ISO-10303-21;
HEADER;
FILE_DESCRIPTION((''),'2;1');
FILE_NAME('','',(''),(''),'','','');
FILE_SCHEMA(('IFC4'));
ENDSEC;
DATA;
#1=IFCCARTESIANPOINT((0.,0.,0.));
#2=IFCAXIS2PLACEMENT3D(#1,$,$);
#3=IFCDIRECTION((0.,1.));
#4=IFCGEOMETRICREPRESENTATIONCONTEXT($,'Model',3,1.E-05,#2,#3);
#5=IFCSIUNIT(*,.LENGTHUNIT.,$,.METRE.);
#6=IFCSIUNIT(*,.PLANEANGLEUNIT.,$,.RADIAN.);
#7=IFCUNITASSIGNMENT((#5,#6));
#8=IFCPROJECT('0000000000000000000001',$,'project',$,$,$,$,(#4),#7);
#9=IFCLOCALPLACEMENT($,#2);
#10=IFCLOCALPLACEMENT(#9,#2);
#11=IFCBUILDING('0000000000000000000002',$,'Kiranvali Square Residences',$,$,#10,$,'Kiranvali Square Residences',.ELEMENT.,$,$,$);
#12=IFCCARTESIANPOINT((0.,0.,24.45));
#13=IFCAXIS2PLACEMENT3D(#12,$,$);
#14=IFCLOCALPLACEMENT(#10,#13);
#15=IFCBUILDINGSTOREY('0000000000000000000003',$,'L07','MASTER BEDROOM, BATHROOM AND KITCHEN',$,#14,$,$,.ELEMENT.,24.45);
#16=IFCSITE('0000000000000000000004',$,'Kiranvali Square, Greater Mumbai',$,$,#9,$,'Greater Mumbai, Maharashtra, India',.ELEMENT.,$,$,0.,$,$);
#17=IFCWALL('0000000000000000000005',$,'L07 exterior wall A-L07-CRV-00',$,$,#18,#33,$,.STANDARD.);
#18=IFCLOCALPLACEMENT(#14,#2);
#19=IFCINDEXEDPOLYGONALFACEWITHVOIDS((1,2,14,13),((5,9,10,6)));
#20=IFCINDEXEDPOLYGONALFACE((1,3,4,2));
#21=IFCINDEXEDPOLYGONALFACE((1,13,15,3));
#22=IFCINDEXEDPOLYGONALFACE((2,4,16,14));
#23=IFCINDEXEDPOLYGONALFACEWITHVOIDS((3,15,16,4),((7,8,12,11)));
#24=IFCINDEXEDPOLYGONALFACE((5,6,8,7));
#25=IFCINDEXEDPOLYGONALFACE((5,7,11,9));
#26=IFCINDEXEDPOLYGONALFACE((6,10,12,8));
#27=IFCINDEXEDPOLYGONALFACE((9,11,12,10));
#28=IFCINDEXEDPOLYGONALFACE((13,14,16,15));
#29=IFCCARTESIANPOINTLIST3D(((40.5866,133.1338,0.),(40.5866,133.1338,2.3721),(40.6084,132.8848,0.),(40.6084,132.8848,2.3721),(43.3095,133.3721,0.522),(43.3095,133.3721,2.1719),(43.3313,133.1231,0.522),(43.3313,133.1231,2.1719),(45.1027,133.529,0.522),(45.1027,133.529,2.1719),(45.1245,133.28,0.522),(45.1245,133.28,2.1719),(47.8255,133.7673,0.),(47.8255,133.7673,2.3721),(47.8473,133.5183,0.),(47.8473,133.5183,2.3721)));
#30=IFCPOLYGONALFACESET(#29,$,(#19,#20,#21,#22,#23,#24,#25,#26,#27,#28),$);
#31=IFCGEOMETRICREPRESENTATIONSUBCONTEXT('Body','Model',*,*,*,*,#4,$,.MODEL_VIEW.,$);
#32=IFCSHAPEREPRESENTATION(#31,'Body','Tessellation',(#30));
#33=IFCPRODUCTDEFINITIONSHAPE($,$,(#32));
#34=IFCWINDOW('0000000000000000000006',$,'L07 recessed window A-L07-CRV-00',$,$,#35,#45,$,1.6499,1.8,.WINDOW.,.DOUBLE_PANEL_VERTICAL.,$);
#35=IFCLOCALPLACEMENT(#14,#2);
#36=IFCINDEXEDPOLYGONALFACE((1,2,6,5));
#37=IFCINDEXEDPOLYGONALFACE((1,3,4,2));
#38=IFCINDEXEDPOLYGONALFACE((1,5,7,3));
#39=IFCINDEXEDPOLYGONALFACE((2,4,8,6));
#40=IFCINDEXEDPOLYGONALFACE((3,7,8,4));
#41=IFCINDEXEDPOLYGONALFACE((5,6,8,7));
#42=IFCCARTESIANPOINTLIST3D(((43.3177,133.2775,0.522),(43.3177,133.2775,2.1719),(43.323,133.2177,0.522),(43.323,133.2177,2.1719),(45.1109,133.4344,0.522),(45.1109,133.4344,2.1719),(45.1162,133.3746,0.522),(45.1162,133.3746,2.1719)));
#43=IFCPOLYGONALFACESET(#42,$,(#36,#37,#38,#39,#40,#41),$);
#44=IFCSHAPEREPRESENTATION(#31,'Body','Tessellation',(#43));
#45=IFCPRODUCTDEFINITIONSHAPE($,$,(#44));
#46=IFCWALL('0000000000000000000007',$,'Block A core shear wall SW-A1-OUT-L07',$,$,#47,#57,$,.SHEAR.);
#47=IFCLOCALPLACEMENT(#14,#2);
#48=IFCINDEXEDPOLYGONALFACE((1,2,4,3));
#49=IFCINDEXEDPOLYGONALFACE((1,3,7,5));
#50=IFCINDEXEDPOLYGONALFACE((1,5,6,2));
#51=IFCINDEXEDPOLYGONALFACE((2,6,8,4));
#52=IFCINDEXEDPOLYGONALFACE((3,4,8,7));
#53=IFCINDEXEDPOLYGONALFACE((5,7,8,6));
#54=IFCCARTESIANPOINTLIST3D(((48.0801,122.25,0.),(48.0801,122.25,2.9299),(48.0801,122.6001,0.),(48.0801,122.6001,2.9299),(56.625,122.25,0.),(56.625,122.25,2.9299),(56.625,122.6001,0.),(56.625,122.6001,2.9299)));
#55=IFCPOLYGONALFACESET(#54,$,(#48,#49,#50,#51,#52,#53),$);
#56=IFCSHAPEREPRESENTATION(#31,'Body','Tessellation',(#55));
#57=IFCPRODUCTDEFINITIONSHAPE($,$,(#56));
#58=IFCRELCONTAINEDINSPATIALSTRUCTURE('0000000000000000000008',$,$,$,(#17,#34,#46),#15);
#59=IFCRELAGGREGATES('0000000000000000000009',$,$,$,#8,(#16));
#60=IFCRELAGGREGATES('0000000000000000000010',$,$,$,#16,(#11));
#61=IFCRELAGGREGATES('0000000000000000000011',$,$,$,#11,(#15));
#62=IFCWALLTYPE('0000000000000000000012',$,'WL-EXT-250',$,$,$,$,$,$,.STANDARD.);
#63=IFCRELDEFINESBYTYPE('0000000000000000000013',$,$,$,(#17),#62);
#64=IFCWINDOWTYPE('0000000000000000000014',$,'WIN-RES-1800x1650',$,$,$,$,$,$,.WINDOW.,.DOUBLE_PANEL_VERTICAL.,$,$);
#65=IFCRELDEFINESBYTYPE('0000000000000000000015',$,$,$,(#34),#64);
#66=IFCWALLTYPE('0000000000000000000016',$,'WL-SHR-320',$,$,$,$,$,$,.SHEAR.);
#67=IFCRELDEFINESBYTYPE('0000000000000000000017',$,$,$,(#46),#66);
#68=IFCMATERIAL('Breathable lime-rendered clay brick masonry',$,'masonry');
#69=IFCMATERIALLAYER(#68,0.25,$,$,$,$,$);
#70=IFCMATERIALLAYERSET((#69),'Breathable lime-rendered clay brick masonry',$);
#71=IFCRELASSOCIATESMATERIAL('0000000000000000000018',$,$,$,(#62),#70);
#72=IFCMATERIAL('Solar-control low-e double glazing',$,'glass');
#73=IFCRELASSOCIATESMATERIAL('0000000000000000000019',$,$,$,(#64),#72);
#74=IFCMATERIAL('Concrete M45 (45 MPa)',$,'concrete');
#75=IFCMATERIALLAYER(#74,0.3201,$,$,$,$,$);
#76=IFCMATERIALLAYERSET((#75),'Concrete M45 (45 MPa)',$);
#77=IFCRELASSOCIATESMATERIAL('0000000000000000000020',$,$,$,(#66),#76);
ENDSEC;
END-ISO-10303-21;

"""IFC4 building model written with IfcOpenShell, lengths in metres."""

from ifc_helpers import new_model, si_unit, direction, frame, frame_2d, origin, place, context, subcontext, project, spatial, rectangle, extrude, material, layer, layer_set, type_object, element, fill, save


model = new_model("IFC4")

# Units and contexts
model_context = context("Model", 3, precision=1e-05, world=origin(), true_north=direction((0.0, 1.0)))
body_context = subcontext(model_context, "Body", "Model", "MODEL_VIEW")
ifc_project = project(units=[si_unit("LENGTHUNIT", "METRE"), si_unit("PLANEANGLEUNIT", "RADIAN")], contexts=[model_context])

# Site, building, storey
site_placement = place(None, origin())
site = spatial("IfcSite", under=ifc_project, at=site_placement, Name="Kiranvali Square, Greater Mumbai", LongName="Greater Mumbai, Maharashtra, India", CompositionType="ELEMENT", RefElevation=0.0)
building_placement = place(site_placement, origin())
building = spatial("IfcBuilding", under=site, at=building_placement, Name="Kiranvali Square Residences", LongName="Kiranvali Square Residences", CompositionType="ELEMENT")
storey_placement = place(building_placement, frame((0.0, 0.0, 24.45)))
storey = spatial("IfcBuildingStorey", under=building, at=storey_placement, Name="L07", Description="MASTER BEDROOM, BATHROOM AND KITCHEN", CompositionType="ELEMENT", Elevation=24.45)

# Shared definitions
ifc_material_1 = material(Name="Concrete M45 (45 MPa)", Category="concrete")

# Wall, opening, window
ifc_material_2 = material(Name="Breathable lime-rendered clay brick masonry", Category="masonry")
ifc_layer_1 = layer(ifc_material_2, 0.25)
ifc_layer_set_1 = layer_set([ifc_layer_1], Name="Breathable lime-rendered clay brick masonry")
wall_type_1 = type_object("IfcWallType", Name="WL-EXT-250", PredefinedType="STANDARD", material=ifc_layer_set_1)
wall_1_placement = place(storey_placement, frame((47.8364, 133.6428, 0.0), z_axis=(0.0, 0.0, 1.0), x_axis=(-0.996192, -0.087185, 0.0)))
wall_1 = element("IfcWall", 1, at=wall_1_placement, inside=storey, type_object=wall_type_1, Name="L07 exterior wall A-L07-CRV-00", PredefinedType="STANDARD", context=body_context, shape_type="SweptSolid", body=[
    extrude(rectangle(XDim=7.2666, YDim=0.25, at=frame_2d((3.6333, 0.0))), origin(), (0.0, 0.0, 1.0), 2.3721),
])
opening_1_placement = place(wall_1_placement, frame((2.7334, 0.0, 0.522)))
opening_1 = element("IfcOpeningElement", 2, at=opening_1_placement, cuts=wall_1, PredefinedType="OPENING", context=body_context, shape_type="SweptSolid", body=[
    extrude(rectangle(XDim=1.8, YDim=1.6499, at=frame_2d((0.8999, 0.825))), frame((0.0, 0.135, 0.0), z_axis=(0.0, -1.0, 0.0), x_axis=(1.0, 0.0, 0.0)), (0.0, 0.0, 1.0), 0.27),
])
ifc_material_3 = material(Name="Solar-control low-e double glazing", Category="glass")
window_type_1 = type_object("IfcWindowType", Name="WIN-RES-1800x1650", PartitioningType="DOUBLE_PANEL_VERTICAL", PredefinedType="WINDOW", material=ifc_material_3)
window_1_placement = place(opening_1_placement, origin())
window_1 = element("IfcWindow", 3, at=window_1_placement, inside=storey, type_object=window_type_1, Name="L07 recessed window A-L07-CRV-00", OverallHeight=1.6499, OverallWidth=1.8, PartitioningType="DOUBLE_PANEL_VERTICAL", PredefinedType="WINDOW", context=body_context, shape_type="SweptSolid", body=[
    extrude(rectangle(XDim=1.8, YDim=1.6499, at=frame_2d((0.8999, 0.825))), frame((0.0, 0.03, 0.0), z_axis=(0.0, -1.0, 0.0), x_axis=(1.0, 0.0, 0.0)), (0.0, 0.0, 1.0), 0.0601),
])
fill(opening_1, window_1)

# Wall
ifc_layer_2 = layer(ifc_material_1, 0.3201)
ifc_layer_set_2 = layer_set([ifc_layer_2], Name="Concrete M45 (45 MPa)")
wall_type_2 = type_object("IfcWallType", Name="WL-SHR-320", PredefinedType="SHEAR", material=ifc_layer_set_2)
wall_2_placement = place(storey_placement, frame((48.0801, 122.425, 0.0), z_axis=(0.0, 0.0, 1.0), x_axis=(1.0, 0.0, 0.0)))
element("IfcWall", 4, at=wall_2_placement, inside=storey, type_object=wall_type_2, Name="Block A core shear wall SW-A1-OUT-L07", PredefinedType="SHEAR", context=body_context, shape_type="SweptSolid", body=[
    extrude(rectangle(XDim=8.5449, YDim=0.3501, at=frame_2d((4.2725, 0.0))), origin(), (0.0, 0.0, 1.0), 2.9299),
])

save(model, "model.ifc")
